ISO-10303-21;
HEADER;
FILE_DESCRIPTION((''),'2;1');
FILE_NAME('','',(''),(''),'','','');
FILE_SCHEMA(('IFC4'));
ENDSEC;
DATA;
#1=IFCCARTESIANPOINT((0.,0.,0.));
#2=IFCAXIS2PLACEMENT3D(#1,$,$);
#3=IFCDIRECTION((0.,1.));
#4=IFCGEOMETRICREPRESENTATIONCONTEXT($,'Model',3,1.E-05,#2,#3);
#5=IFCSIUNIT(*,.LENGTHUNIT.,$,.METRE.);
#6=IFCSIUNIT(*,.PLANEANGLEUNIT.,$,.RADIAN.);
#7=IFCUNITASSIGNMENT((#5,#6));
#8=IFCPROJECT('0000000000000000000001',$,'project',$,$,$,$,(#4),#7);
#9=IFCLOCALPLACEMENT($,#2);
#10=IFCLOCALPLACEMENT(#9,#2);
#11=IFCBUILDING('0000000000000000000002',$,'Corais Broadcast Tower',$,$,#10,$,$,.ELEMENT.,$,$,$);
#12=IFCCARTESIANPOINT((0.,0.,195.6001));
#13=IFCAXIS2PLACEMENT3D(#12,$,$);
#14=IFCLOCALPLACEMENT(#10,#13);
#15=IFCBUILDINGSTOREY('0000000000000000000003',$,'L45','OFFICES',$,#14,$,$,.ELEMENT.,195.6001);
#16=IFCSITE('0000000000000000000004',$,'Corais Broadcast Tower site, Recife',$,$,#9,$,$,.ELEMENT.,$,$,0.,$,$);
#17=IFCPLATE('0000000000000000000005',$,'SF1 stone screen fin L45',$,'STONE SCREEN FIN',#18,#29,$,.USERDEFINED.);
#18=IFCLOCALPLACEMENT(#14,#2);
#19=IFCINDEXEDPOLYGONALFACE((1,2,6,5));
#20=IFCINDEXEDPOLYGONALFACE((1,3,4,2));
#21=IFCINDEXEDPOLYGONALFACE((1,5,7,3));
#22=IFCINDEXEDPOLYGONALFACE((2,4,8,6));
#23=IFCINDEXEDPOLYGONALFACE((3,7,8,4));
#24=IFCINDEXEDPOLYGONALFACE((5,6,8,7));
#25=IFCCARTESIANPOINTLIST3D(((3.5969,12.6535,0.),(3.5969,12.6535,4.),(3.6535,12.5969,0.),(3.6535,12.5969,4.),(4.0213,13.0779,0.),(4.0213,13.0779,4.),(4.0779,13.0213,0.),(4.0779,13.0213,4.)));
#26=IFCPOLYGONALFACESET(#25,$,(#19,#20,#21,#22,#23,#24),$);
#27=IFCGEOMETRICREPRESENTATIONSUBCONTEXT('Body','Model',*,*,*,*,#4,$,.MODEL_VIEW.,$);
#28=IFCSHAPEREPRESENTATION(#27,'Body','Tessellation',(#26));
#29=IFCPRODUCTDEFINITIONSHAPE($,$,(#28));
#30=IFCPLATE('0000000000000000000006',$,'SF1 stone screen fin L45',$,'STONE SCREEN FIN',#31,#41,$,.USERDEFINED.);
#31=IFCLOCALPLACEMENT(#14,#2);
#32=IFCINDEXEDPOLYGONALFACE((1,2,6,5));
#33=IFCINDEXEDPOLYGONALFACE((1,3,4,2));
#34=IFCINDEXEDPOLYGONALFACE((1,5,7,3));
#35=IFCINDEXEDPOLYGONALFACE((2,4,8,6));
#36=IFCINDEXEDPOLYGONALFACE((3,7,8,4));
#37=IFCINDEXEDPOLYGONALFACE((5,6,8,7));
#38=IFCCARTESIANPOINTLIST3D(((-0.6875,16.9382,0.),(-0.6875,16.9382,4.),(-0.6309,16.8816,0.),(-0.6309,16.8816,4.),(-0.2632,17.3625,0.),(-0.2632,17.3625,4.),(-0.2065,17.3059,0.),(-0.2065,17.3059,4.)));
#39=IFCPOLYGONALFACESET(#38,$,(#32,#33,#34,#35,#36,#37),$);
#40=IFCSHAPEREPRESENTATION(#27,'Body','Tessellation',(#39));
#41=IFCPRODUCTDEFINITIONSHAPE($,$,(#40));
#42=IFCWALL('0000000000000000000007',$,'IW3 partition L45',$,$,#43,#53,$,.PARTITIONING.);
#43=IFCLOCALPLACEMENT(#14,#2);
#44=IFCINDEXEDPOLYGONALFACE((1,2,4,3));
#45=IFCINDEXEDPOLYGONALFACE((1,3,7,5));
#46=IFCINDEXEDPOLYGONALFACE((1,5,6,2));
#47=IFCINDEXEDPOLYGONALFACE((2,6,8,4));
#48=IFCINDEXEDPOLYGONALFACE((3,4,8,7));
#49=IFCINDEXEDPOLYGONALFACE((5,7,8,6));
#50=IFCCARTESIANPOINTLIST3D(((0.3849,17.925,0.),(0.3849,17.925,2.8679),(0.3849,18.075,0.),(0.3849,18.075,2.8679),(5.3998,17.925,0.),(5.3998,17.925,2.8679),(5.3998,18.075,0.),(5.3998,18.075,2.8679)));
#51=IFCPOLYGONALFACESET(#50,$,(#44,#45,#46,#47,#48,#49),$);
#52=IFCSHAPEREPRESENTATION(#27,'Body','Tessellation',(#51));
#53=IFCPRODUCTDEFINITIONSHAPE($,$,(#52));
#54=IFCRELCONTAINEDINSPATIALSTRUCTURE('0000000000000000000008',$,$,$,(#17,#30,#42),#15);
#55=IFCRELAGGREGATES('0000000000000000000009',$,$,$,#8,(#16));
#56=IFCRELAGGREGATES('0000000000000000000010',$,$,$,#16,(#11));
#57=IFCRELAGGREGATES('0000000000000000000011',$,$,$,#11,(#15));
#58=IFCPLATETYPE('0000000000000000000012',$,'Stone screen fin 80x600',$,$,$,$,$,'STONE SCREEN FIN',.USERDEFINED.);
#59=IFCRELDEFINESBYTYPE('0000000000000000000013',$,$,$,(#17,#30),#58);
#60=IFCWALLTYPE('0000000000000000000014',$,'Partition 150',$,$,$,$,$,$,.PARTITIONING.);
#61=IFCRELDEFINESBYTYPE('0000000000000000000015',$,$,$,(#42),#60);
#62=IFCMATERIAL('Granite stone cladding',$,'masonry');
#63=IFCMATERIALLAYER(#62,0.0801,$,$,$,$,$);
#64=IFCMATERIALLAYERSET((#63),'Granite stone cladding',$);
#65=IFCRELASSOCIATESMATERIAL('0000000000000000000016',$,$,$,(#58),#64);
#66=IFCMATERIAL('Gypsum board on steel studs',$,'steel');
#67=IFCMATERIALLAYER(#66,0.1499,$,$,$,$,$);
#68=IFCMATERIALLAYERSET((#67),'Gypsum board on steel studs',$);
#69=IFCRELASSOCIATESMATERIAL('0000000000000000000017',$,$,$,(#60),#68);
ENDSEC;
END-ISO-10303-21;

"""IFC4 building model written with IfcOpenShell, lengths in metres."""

from ifc_helpers import new_model, si_unit, direction, frame, frame_2d, origin, origin_2d, place, context, subcontext, project, spatial, rectangle, extrude, material, layer, layer_set, type_object, element, save


model = new_model("IFC4")

# Units and contexts
model_context = context("Model", 3, precision=1e-05, world=origin(), true_north=direction((0.0, 1.0)))
body_context = subcontext(model_context, "Body", "Model", "MODEL_VIEW")
ifc_project = project(units=[si_unit("LENGTHUNIT", "METRE"), si_unit("PLANEANGLEUNIT", "RADIAN")], contexts=[model_context])

# Site, building, storey
site_placement = place(None, origin())
site = spatial("IfcSite", under=ifc_project, at=site_placement, Name="Corais Broadcast Tower site, Recife", CompositionType="ELEMENT", RefElevation=0.0)
building_placement = place(site_placement, origin())
building = spatial("IfcBuilding", under=site, at=building_placement, Name="Corais Broadcast Tower", CompositionType="ELEMENT")
storey_placement = place(building_placement, frame((0.0, 0.0, 195.6001)))
storey = spatial("IfcBuildingStorey", under=building, at=storey_placement, Name="L45", Description="OFFICES", CompositionType="ELEMENT", Elevation=195.6001)

# Plates
ifc_material_1 = material(Name="Granite stone cladding", Category="masonry")
ifc_layer_1 = layer(ifc_material_1, 0.0801)
ifc_layer_set_1 = layer_set([ifc_layer_1], Name="Granite stone cladding")
plate_type_1 = type_object("IfcPlateType", Name="Stone screen fin 80x600", ElementType="STONE SCREEN FIN", PredefinedType="USERDEFINED", material=ifc_layer_set_1)
for number, where, z_axis, x_axis, name in (
    (1, (3.8374, 12.8374, 0.0), (0.0, 0.0, 1.0), (-0.707107, 0.707107, 0.0), "SF1 stone screen fin L45"),
    (2, (-0.447, 17.1221, 0.0), (0.0, 0.0, 1.0), (-0.707107, 0.707107, 0.0), "SF1 stone screen fin L45"),
):
    element("IfcPlate", number, at=place(storey_placement, frame(where, z_axis=z_axis, x_axis=x_axis)), inside=storey, type_object=plate_type_1, Name=name, ObjectType="STONE SCREEN FIN", PredefinedType="USERDEFINED", context=body_context, shape_type="SweptSolid", body=[
        extrude(rectangle(XDim=0.0801, YDim=0.6001, at=origin_2d()), origin(), (0.0, 0.0, 1.0), 4.0),
    ])

# Wall
ifc_material_2 = material(Name="Gypsum board on steel studs", Category="steel")
ifc_layer_2 = layer(ifc_material_2, 0.1499)
ifc_layer_set_2 = layer_set([ifc_layer_2], Name="Gypsum board on steel studs")
wall_type = type_object("IfcWallType", Name="Partition 150", PredefinedType="PARTITIONING", material=ifc_layer_set_2)
wall_placement = place(storey_placement, frame((0.385, 18.0, 0.0), z_axis=(0.0, 0.0, 1.0), x_axis=(1.0, 0.0, 0.0)))
element("IfcWall", 3, at=wall_placement, inside=storey, type_object=wall_type, Name="IW3 partition L45", PredefinedType="PARTITIONING", context=body_context, shape_type="SweptSolid", body=[
    extrude(rectangle(XDim=5.0149, YDim=0.1499, at=frame_2d((2.5073, 0.0))), origin(), (0.0, 0.0, 1.0), 2.8679),
])

save(model, "model.ifc")
